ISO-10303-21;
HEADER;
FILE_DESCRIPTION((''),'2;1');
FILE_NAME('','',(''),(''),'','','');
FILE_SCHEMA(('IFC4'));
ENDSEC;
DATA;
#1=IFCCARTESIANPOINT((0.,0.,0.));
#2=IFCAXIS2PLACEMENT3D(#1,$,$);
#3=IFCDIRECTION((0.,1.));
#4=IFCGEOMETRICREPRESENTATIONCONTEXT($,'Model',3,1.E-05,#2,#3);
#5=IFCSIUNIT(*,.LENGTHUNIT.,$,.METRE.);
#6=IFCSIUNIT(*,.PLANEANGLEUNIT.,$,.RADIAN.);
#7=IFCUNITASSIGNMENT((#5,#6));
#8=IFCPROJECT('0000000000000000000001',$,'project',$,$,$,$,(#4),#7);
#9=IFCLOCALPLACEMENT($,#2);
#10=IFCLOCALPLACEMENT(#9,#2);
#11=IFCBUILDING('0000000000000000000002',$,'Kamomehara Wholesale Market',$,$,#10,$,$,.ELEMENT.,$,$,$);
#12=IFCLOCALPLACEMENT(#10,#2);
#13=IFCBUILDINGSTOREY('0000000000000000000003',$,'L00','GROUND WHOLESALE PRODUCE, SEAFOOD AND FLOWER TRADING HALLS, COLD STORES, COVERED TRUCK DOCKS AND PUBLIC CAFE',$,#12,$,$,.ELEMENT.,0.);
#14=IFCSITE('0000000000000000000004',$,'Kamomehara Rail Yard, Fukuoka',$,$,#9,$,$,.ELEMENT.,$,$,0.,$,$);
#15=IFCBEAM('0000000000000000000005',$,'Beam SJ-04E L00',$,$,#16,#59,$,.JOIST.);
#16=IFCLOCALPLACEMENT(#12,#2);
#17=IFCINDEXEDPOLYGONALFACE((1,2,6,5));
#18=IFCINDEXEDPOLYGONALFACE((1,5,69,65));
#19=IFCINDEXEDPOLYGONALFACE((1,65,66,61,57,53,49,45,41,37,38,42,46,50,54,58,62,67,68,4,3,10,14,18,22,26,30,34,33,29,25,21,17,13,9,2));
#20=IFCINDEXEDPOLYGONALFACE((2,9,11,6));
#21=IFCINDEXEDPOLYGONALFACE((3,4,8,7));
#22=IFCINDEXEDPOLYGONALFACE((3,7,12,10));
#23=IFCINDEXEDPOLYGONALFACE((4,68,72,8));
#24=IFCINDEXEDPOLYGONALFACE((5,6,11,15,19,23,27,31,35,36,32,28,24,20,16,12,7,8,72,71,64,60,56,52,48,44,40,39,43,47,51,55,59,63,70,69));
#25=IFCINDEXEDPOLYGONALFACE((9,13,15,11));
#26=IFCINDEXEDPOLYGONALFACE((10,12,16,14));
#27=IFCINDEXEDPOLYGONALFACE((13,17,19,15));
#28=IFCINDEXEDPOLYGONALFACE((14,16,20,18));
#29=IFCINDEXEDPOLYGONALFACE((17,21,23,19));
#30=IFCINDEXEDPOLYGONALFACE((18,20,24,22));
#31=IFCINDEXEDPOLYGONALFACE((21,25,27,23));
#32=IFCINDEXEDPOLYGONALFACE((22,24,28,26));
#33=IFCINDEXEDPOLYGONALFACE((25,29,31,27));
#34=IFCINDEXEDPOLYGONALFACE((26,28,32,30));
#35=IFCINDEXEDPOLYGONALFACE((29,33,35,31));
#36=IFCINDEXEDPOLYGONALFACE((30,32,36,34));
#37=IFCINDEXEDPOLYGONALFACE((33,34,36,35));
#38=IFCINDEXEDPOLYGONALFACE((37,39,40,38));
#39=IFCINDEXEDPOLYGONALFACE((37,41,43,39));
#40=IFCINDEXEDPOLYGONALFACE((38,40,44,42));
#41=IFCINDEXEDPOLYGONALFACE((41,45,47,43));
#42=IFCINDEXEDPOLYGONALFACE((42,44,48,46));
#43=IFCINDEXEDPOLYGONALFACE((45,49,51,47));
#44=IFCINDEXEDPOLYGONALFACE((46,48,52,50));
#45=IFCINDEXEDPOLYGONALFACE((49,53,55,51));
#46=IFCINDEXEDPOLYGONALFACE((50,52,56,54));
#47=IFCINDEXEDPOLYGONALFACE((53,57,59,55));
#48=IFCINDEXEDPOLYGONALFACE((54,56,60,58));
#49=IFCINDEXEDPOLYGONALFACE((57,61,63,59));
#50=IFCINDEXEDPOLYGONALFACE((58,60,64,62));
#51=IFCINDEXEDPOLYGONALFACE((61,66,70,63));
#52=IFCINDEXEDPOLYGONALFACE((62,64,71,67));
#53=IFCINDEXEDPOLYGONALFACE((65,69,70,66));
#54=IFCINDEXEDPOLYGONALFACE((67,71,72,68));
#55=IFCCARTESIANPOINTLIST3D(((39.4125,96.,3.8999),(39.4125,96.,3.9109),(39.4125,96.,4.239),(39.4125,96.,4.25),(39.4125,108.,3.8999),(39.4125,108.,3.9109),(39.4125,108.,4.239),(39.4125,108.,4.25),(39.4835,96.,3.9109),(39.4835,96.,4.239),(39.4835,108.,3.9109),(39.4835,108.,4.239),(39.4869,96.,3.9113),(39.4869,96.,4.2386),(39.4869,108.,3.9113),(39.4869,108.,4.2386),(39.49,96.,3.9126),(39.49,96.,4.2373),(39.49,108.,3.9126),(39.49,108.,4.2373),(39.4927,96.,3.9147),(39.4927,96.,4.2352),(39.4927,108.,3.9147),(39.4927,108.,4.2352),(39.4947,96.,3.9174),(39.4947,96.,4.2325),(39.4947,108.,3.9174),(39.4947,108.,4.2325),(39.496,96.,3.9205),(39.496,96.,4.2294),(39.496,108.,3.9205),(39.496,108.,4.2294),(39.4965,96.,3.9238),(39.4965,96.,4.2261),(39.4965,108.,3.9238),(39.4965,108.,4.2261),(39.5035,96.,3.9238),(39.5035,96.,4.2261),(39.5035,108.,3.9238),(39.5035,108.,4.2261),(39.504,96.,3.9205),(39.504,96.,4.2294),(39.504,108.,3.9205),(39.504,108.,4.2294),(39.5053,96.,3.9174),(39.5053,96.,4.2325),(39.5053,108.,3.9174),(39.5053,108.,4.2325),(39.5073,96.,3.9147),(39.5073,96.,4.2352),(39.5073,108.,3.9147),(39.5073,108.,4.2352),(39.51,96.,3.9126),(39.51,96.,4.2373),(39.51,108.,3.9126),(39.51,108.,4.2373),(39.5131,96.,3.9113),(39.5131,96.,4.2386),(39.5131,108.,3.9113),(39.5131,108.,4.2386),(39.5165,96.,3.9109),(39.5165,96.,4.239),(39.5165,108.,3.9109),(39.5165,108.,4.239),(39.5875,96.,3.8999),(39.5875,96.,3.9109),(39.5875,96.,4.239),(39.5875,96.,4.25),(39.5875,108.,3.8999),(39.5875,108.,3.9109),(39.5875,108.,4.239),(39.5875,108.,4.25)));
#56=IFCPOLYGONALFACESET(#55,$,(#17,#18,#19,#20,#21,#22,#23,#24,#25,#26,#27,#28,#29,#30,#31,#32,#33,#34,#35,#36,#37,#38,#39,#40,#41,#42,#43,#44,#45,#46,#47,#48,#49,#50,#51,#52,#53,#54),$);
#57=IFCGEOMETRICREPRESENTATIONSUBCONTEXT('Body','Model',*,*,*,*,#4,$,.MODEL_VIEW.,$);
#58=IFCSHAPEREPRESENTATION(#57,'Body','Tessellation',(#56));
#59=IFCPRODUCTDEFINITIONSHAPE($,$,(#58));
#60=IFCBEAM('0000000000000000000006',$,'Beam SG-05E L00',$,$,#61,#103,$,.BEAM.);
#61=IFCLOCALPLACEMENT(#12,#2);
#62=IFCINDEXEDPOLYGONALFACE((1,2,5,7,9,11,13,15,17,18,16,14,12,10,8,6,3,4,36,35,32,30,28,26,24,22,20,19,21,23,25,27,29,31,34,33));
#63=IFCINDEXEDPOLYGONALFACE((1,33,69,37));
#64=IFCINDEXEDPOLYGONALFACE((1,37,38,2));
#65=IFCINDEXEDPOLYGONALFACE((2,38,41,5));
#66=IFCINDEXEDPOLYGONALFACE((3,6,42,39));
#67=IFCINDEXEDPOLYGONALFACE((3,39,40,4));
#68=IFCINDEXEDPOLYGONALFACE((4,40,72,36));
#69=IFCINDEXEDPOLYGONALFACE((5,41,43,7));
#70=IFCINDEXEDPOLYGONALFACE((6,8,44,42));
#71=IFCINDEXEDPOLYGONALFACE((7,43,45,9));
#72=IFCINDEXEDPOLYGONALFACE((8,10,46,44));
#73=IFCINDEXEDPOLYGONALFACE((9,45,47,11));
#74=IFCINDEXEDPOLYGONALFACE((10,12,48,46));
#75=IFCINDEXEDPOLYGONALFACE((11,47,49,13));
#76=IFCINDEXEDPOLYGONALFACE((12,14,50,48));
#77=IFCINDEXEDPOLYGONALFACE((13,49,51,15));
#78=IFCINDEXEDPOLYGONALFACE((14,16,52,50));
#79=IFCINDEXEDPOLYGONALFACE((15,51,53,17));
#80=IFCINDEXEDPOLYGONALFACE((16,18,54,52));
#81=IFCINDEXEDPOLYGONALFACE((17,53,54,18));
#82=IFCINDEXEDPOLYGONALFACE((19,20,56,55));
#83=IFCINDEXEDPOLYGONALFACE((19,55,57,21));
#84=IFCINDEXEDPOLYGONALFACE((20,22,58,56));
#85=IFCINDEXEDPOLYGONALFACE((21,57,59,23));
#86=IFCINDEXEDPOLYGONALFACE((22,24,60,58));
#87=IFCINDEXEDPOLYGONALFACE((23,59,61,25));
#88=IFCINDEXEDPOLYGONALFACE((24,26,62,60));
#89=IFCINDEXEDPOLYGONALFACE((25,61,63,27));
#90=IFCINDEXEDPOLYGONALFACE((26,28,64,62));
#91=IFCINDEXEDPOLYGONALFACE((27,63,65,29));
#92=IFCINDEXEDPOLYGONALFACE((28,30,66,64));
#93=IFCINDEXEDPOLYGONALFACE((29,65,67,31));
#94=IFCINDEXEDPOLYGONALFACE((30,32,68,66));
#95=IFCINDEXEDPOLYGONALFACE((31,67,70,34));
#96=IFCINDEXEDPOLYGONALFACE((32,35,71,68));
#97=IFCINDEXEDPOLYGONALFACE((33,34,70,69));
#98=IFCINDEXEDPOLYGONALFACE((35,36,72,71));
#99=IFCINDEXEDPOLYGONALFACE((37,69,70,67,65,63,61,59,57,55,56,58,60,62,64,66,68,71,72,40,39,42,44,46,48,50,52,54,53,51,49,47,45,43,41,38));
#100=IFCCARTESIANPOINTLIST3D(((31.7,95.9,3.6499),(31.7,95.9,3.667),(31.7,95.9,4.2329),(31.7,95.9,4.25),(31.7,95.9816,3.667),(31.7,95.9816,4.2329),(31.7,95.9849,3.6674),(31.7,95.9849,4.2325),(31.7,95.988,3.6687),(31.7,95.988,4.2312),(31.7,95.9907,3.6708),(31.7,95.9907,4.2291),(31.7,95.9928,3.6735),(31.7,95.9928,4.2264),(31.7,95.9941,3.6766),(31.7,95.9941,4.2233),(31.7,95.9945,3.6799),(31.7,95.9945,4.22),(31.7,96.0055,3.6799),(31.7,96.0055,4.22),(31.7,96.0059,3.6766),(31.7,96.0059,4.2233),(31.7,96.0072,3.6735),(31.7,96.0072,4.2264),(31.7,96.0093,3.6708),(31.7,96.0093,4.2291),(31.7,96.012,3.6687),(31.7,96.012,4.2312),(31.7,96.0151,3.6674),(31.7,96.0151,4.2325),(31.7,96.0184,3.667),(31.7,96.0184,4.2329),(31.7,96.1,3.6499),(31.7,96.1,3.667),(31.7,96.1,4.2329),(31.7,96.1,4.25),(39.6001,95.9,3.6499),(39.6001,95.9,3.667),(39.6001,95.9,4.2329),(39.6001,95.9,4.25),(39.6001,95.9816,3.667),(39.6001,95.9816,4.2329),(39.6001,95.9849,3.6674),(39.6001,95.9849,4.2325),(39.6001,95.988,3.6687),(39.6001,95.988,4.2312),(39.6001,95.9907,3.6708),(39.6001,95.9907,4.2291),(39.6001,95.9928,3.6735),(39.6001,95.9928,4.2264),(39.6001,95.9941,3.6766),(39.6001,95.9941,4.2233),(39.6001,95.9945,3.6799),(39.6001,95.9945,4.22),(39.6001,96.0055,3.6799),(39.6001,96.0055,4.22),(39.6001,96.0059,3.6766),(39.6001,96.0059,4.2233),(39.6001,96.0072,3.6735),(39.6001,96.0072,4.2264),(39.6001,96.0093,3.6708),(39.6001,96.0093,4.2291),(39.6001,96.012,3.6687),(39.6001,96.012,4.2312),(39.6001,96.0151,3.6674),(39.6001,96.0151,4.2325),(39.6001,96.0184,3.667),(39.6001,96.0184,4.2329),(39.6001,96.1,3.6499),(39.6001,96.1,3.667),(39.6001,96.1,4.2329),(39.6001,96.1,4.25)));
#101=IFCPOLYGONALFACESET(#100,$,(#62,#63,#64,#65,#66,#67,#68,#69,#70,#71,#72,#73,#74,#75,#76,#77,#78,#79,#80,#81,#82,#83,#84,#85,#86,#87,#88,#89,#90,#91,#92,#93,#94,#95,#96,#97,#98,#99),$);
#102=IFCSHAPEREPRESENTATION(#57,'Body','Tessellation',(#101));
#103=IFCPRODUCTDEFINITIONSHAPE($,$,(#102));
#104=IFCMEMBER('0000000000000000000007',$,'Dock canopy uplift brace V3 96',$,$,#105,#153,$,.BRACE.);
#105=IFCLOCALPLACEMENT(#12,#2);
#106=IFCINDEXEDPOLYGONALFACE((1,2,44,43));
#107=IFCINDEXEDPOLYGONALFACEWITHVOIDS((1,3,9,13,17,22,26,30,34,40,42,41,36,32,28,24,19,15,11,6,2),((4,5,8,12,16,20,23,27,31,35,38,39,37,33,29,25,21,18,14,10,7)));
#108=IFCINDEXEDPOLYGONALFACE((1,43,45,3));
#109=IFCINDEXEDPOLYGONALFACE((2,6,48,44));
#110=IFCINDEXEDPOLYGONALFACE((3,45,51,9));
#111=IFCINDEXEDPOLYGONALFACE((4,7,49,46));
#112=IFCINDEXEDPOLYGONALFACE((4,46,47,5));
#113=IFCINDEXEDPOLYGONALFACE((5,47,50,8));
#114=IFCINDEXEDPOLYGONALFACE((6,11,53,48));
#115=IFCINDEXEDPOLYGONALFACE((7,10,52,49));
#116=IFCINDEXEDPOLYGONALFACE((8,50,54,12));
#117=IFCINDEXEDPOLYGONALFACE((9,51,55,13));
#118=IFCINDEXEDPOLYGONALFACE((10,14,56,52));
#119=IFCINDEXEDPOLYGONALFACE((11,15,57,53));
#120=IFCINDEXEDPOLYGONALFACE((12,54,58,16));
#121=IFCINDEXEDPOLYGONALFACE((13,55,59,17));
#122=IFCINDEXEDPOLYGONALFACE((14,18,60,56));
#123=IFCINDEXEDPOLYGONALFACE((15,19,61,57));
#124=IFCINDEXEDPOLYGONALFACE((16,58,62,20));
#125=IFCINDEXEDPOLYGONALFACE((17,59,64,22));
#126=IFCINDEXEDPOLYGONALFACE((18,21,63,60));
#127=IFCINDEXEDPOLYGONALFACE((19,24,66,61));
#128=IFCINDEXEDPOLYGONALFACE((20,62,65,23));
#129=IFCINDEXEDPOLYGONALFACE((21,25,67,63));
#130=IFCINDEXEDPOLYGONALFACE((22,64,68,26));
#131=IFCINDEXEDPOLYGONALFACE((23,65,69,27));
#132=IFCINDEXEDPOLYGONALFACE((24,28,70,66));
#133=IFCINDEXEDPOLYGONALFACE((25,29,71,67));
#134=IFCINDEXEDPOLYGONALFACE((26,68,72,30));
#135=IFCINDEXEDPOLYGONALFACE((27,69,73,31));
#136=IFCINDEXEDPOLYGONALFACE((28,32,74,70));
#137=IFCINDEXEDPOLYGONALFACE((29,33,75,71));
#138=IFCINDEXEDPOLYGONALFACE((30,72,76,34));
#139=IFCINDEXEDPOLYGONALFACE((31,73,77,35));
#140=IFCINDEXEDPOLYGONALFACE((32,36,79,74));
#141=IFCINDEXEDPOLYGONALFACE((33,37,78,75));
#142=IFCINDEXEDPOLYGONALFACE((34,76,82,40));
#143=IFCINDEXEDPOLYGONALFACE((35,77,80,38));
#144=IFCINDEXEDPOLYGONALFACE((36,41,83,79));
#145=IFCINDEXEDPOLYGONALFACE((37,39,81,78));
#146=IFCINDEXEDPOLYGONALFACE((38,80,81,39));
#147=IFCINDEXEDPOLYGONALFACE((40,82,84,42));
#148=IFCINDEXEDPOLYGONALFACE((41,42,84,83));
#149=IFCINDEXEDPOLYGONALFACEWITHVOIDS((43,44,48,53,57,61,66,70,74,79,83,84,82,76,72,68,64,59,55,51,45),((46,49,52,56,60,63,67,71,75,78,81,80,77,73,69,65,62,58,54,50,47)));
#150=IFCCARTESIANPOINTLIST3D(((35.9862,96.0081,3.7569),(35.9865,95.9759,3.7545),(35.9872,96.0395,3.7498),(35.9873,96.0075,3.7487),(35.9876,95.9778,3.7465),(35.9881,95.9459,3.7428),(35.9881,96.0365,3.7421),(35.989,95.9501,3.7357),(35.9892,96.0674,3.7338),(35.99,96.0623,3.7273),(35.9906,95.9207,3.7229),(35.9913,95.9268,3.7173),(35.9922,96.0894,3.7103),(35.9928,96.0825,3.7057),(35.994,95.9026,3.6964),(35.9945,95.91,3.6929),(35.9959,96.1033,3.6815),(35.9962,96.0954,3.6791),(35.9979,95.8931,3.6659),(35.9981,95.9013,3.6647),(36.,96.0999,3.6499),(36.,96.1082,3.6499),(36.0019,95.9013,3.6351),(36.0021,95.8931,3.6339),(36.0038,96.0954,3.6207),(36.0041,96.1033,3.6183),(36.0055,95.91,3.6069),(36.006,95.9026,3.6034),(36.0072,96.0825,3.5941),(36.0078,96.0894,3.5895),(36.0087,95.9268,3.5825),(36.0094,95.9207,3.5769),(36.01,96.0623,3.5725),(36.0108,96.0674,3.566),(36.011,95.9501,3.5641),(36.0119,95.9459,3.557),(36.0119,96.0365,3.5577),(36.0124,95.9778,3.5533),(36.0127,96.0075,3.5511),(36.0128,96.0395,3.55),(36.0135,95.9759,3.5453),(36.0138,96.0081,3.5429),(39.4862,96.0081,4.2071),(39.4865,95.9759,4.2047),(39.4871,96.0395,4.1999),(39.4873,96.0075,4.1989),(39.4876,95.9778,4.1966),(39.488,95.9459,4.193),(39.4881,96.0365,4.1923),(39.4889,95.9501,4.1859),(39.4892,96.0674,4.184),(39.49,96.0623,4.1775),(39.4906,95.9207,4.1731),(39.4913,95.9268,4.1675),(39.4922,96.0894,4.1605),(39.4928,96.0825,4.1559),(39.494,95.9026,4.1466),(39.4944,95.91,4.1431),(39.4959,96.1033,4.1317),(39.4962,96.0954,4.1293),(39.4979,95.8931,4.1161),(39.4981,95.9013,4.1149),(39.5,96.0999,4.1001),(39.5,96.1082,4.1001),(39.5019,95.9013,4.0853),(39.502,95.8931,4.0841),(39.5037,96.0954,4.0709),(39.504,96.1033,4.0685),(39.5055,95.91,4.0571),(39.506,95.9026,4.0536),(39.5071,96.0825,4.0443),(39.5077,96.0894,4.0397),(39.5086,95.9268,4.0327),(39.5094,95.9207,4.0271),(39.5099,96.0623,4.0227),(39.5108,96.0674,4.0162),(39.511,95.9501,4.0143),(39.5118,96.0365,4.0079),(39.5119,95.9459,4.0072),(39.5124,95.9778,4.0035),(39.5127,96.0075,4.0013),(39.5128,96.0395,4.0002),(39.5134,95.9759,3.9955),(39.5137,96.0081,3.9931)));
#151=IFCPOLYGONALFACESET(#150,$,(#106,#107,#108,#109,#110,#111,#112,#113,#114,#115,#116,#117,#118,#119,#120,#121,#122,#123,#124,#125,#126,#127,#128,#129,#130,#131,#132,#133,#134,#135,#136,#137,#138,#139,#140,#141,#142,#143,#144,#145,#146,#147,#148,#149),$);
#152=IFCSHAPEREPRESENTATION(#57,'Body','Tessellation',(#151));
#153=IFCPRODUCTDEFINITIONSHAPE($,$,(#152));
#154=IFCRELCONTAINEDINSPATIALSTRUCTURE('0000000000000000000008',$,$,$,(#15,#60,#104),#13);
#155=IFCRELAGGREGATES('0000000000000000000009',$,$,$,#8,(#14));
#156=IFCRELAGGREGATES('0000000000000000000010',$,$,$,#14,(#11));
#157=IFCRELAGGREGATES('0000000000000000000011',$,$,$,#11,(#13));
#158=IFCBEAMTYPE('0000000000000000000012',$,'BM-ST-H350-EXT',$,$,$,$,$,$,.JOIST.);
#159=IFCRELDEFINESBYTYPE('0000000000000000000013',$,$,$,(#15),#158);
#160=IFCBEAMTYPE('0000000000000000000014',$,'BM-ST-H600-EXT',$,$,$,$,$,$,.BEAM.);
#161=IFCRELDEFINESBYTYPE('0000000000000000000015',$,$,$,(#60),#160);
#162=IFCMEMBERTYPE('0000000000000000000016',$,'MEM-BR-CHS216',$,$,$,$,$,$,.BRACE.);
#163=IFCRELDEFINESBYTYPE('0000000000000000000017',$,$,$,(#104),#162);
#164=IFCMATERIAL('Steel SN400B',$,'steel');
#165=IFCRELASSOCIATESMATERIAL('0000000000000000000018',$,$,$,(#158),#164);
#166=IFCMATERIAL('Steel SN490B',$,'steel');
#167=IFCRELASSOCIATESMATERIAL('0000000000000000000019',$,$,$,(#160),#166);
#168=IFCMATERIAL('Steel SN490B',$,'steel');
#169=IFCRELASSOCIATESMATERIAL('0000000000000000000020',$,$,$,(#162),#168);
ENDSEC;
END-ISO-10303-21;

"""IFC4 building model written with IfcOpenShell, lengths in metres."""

from ifc_helpers import new_model, si_unit, direction, frame, origin, origin_2d, place, context, subcontext, project, spatial, hollow_circle, i_section, extrude, material, material_profile, profile_set, type_object, element, save


model = new_model("IFC4")

# Units and contexts
model_context = context("Model", 3, precision=1e-05, world=origin(), true_north=direction((0.0, 1.0)))
body_context = subcontext(model_context, "Body", "Model", "MODEL_VIEW")
ifc_project = project(units=[si_unit("LENGTHUNIT", "METRE"), si_unit("PLANEANGLEUNIT", "RADIAN")], contexts=[model_context])

# Site, building, storey
site_placement = place(None, origin())
site = spatial("IfcSite", under=ifc_project, at=site_placement, Name="Kamomehara Rail Yard, Fukuoka", CompositionType="ELEMENT", RefElevation=0.0)
building_placement = place(site_placement, origin())
building = spatial("IfcBuilding", under=site, at=building_placement, Name="Kamomehara Wholesale Market", CompositionType="ELEMENT")
storey_placement = place(building_placement, origin())
storey = spatial("IfcBuildingStorey", under=building, at=storey_placement, Name="L00", Description="GROUND WHOLESALE PRODUCE, SEAFOOD AND FLOWER TRADING HALLS, COLD STORES, COVERED TRUCK DOCKS AND PUBLIC CAFE", CompositionType="ELEMENT", Elevation=0.0)

# Beams
ifc_material_1 = material(Name="Steel SN400B", Category="steel")
ifc_material_profile_1 = material_profile(ifc_material_1, i_section(OverallWidth=0.175, OverallDepth=0.3501, WebThickness=0.0071, FlangeThickness=0.011, FilletRadius=0.0129, at=origin_2d()), Name="H-350x175x7x11")
ifc_profile_set_1 = profile_set([ifc_material_profile_1], Name="Steel SN400B")
beam_type_1 = type_object("IfcBeamType", Name="BM-ST-H350-EXT", PredefinedType="JOIST", material=ifc_profile_set_1)
beam_1_placement = place(storey_placement, frame((39.5, 96.0, 4.075), z_axis=(0.0, 1.0, 0.0), x_axis=(-1.0, 0.0, 0.0)))
element("IfcBeam", 1, at=beam_1_placement, inside=storey, type_object=beam_type_1, Name="Beam SJ-04E L00", PredefinedType="JOIST", context=body_context, shape_type="SweptSolid", body=[
    extrude(i_section(OverallWidth=0.175, OverallDepth=0.3501, WebThickness=0.0071, FlangeThickness=0.011, FilletRadius=0.0129, at=origin_2d()), origin(), (0.0, 0.0, 1.0), 12.0),
])
ifc_material_2 = material(Name="Steel SN490B", Category="steel")
ifc_material_profile_2 = material_profile(ifc_material_2, i_section(OverallWidth=0.2, OverallDepth=0.6001, WebThickness=0.011, FlangeThickness=0.0171, FilletRadius=0.0129, at=origin_2d()), Name="H-600x200x11x17")
ifc_profile_set_2 = profile_set([ifc_material_profile_2], Name="Steel SN490B")
beam_type_2 = type_object("IfcBeamType", Name="BM-ST-H600-EXT", PredefinedType="BEAM", material=ifc_profile_set_2)
beam_2_placement = place(storey_placement, frame((31.7, 96.0, 3.95), z_axis=(1.0, 0.0, 0.0), x_axis=(0.0, 1.0, 0.0)))
element("IfcBeam", 2, at=beam_2_placement, inside=storey, type_object=beam_type_2, Name="Beam SG-05E L00", PredefinedType="BEAM", context=body_context, shape_type="SweptSolid", body=[
    extrude(i_section(OverallWidth=0.2, OverallDepth=0.6001, WebThickness=0.011, FlangeThickness=0.0171, FilletRadius=0.0129, at=origin_2d()), origin(), (0.0, 0.0, 1.0), 7.9001),
])

# Member
ifc_material_3 = material(Name="Steel SN490B", Category="steel")
ifc_material_profile_3 = material_profile(ifc_material_3, hollow_circle(Radius=0.1082, WallThickness=0.0083, at=origin_2d()), Name="CHS-216.3x8.2")
ifc_profile_set_3 = profile_set([ifc_material_profile_3], Name="Steel SN490B")
member_type_1 = type_object("IfcMemberType", Name="MEM-BR-CHS216", PredefinedType="BRACE", material=ifc_profile_set_3)
member_1_placement = place(storey_placement, frame((36.0, 96.0, 3.6499), z_axis=(0.991829, 0.0, 0.127576), x_axis=(0.0, 1.0, 0.0)))
element("IfcMember", 3, at=member_1_placement, inside=storey, type_object=member_type_1, Name="Dock canopy uplift brace V3 96", PredefinedType="BRACE", context=body_context, shape_type="SweptSolid", body=[
    extrude(hollow_circle(Radius=0.1082, WallThickness=0.0083, at=origin_2d()), origin(), (0.0, 0.0, 1.0), 3.5288),
])

save(model, "model.ifc")
